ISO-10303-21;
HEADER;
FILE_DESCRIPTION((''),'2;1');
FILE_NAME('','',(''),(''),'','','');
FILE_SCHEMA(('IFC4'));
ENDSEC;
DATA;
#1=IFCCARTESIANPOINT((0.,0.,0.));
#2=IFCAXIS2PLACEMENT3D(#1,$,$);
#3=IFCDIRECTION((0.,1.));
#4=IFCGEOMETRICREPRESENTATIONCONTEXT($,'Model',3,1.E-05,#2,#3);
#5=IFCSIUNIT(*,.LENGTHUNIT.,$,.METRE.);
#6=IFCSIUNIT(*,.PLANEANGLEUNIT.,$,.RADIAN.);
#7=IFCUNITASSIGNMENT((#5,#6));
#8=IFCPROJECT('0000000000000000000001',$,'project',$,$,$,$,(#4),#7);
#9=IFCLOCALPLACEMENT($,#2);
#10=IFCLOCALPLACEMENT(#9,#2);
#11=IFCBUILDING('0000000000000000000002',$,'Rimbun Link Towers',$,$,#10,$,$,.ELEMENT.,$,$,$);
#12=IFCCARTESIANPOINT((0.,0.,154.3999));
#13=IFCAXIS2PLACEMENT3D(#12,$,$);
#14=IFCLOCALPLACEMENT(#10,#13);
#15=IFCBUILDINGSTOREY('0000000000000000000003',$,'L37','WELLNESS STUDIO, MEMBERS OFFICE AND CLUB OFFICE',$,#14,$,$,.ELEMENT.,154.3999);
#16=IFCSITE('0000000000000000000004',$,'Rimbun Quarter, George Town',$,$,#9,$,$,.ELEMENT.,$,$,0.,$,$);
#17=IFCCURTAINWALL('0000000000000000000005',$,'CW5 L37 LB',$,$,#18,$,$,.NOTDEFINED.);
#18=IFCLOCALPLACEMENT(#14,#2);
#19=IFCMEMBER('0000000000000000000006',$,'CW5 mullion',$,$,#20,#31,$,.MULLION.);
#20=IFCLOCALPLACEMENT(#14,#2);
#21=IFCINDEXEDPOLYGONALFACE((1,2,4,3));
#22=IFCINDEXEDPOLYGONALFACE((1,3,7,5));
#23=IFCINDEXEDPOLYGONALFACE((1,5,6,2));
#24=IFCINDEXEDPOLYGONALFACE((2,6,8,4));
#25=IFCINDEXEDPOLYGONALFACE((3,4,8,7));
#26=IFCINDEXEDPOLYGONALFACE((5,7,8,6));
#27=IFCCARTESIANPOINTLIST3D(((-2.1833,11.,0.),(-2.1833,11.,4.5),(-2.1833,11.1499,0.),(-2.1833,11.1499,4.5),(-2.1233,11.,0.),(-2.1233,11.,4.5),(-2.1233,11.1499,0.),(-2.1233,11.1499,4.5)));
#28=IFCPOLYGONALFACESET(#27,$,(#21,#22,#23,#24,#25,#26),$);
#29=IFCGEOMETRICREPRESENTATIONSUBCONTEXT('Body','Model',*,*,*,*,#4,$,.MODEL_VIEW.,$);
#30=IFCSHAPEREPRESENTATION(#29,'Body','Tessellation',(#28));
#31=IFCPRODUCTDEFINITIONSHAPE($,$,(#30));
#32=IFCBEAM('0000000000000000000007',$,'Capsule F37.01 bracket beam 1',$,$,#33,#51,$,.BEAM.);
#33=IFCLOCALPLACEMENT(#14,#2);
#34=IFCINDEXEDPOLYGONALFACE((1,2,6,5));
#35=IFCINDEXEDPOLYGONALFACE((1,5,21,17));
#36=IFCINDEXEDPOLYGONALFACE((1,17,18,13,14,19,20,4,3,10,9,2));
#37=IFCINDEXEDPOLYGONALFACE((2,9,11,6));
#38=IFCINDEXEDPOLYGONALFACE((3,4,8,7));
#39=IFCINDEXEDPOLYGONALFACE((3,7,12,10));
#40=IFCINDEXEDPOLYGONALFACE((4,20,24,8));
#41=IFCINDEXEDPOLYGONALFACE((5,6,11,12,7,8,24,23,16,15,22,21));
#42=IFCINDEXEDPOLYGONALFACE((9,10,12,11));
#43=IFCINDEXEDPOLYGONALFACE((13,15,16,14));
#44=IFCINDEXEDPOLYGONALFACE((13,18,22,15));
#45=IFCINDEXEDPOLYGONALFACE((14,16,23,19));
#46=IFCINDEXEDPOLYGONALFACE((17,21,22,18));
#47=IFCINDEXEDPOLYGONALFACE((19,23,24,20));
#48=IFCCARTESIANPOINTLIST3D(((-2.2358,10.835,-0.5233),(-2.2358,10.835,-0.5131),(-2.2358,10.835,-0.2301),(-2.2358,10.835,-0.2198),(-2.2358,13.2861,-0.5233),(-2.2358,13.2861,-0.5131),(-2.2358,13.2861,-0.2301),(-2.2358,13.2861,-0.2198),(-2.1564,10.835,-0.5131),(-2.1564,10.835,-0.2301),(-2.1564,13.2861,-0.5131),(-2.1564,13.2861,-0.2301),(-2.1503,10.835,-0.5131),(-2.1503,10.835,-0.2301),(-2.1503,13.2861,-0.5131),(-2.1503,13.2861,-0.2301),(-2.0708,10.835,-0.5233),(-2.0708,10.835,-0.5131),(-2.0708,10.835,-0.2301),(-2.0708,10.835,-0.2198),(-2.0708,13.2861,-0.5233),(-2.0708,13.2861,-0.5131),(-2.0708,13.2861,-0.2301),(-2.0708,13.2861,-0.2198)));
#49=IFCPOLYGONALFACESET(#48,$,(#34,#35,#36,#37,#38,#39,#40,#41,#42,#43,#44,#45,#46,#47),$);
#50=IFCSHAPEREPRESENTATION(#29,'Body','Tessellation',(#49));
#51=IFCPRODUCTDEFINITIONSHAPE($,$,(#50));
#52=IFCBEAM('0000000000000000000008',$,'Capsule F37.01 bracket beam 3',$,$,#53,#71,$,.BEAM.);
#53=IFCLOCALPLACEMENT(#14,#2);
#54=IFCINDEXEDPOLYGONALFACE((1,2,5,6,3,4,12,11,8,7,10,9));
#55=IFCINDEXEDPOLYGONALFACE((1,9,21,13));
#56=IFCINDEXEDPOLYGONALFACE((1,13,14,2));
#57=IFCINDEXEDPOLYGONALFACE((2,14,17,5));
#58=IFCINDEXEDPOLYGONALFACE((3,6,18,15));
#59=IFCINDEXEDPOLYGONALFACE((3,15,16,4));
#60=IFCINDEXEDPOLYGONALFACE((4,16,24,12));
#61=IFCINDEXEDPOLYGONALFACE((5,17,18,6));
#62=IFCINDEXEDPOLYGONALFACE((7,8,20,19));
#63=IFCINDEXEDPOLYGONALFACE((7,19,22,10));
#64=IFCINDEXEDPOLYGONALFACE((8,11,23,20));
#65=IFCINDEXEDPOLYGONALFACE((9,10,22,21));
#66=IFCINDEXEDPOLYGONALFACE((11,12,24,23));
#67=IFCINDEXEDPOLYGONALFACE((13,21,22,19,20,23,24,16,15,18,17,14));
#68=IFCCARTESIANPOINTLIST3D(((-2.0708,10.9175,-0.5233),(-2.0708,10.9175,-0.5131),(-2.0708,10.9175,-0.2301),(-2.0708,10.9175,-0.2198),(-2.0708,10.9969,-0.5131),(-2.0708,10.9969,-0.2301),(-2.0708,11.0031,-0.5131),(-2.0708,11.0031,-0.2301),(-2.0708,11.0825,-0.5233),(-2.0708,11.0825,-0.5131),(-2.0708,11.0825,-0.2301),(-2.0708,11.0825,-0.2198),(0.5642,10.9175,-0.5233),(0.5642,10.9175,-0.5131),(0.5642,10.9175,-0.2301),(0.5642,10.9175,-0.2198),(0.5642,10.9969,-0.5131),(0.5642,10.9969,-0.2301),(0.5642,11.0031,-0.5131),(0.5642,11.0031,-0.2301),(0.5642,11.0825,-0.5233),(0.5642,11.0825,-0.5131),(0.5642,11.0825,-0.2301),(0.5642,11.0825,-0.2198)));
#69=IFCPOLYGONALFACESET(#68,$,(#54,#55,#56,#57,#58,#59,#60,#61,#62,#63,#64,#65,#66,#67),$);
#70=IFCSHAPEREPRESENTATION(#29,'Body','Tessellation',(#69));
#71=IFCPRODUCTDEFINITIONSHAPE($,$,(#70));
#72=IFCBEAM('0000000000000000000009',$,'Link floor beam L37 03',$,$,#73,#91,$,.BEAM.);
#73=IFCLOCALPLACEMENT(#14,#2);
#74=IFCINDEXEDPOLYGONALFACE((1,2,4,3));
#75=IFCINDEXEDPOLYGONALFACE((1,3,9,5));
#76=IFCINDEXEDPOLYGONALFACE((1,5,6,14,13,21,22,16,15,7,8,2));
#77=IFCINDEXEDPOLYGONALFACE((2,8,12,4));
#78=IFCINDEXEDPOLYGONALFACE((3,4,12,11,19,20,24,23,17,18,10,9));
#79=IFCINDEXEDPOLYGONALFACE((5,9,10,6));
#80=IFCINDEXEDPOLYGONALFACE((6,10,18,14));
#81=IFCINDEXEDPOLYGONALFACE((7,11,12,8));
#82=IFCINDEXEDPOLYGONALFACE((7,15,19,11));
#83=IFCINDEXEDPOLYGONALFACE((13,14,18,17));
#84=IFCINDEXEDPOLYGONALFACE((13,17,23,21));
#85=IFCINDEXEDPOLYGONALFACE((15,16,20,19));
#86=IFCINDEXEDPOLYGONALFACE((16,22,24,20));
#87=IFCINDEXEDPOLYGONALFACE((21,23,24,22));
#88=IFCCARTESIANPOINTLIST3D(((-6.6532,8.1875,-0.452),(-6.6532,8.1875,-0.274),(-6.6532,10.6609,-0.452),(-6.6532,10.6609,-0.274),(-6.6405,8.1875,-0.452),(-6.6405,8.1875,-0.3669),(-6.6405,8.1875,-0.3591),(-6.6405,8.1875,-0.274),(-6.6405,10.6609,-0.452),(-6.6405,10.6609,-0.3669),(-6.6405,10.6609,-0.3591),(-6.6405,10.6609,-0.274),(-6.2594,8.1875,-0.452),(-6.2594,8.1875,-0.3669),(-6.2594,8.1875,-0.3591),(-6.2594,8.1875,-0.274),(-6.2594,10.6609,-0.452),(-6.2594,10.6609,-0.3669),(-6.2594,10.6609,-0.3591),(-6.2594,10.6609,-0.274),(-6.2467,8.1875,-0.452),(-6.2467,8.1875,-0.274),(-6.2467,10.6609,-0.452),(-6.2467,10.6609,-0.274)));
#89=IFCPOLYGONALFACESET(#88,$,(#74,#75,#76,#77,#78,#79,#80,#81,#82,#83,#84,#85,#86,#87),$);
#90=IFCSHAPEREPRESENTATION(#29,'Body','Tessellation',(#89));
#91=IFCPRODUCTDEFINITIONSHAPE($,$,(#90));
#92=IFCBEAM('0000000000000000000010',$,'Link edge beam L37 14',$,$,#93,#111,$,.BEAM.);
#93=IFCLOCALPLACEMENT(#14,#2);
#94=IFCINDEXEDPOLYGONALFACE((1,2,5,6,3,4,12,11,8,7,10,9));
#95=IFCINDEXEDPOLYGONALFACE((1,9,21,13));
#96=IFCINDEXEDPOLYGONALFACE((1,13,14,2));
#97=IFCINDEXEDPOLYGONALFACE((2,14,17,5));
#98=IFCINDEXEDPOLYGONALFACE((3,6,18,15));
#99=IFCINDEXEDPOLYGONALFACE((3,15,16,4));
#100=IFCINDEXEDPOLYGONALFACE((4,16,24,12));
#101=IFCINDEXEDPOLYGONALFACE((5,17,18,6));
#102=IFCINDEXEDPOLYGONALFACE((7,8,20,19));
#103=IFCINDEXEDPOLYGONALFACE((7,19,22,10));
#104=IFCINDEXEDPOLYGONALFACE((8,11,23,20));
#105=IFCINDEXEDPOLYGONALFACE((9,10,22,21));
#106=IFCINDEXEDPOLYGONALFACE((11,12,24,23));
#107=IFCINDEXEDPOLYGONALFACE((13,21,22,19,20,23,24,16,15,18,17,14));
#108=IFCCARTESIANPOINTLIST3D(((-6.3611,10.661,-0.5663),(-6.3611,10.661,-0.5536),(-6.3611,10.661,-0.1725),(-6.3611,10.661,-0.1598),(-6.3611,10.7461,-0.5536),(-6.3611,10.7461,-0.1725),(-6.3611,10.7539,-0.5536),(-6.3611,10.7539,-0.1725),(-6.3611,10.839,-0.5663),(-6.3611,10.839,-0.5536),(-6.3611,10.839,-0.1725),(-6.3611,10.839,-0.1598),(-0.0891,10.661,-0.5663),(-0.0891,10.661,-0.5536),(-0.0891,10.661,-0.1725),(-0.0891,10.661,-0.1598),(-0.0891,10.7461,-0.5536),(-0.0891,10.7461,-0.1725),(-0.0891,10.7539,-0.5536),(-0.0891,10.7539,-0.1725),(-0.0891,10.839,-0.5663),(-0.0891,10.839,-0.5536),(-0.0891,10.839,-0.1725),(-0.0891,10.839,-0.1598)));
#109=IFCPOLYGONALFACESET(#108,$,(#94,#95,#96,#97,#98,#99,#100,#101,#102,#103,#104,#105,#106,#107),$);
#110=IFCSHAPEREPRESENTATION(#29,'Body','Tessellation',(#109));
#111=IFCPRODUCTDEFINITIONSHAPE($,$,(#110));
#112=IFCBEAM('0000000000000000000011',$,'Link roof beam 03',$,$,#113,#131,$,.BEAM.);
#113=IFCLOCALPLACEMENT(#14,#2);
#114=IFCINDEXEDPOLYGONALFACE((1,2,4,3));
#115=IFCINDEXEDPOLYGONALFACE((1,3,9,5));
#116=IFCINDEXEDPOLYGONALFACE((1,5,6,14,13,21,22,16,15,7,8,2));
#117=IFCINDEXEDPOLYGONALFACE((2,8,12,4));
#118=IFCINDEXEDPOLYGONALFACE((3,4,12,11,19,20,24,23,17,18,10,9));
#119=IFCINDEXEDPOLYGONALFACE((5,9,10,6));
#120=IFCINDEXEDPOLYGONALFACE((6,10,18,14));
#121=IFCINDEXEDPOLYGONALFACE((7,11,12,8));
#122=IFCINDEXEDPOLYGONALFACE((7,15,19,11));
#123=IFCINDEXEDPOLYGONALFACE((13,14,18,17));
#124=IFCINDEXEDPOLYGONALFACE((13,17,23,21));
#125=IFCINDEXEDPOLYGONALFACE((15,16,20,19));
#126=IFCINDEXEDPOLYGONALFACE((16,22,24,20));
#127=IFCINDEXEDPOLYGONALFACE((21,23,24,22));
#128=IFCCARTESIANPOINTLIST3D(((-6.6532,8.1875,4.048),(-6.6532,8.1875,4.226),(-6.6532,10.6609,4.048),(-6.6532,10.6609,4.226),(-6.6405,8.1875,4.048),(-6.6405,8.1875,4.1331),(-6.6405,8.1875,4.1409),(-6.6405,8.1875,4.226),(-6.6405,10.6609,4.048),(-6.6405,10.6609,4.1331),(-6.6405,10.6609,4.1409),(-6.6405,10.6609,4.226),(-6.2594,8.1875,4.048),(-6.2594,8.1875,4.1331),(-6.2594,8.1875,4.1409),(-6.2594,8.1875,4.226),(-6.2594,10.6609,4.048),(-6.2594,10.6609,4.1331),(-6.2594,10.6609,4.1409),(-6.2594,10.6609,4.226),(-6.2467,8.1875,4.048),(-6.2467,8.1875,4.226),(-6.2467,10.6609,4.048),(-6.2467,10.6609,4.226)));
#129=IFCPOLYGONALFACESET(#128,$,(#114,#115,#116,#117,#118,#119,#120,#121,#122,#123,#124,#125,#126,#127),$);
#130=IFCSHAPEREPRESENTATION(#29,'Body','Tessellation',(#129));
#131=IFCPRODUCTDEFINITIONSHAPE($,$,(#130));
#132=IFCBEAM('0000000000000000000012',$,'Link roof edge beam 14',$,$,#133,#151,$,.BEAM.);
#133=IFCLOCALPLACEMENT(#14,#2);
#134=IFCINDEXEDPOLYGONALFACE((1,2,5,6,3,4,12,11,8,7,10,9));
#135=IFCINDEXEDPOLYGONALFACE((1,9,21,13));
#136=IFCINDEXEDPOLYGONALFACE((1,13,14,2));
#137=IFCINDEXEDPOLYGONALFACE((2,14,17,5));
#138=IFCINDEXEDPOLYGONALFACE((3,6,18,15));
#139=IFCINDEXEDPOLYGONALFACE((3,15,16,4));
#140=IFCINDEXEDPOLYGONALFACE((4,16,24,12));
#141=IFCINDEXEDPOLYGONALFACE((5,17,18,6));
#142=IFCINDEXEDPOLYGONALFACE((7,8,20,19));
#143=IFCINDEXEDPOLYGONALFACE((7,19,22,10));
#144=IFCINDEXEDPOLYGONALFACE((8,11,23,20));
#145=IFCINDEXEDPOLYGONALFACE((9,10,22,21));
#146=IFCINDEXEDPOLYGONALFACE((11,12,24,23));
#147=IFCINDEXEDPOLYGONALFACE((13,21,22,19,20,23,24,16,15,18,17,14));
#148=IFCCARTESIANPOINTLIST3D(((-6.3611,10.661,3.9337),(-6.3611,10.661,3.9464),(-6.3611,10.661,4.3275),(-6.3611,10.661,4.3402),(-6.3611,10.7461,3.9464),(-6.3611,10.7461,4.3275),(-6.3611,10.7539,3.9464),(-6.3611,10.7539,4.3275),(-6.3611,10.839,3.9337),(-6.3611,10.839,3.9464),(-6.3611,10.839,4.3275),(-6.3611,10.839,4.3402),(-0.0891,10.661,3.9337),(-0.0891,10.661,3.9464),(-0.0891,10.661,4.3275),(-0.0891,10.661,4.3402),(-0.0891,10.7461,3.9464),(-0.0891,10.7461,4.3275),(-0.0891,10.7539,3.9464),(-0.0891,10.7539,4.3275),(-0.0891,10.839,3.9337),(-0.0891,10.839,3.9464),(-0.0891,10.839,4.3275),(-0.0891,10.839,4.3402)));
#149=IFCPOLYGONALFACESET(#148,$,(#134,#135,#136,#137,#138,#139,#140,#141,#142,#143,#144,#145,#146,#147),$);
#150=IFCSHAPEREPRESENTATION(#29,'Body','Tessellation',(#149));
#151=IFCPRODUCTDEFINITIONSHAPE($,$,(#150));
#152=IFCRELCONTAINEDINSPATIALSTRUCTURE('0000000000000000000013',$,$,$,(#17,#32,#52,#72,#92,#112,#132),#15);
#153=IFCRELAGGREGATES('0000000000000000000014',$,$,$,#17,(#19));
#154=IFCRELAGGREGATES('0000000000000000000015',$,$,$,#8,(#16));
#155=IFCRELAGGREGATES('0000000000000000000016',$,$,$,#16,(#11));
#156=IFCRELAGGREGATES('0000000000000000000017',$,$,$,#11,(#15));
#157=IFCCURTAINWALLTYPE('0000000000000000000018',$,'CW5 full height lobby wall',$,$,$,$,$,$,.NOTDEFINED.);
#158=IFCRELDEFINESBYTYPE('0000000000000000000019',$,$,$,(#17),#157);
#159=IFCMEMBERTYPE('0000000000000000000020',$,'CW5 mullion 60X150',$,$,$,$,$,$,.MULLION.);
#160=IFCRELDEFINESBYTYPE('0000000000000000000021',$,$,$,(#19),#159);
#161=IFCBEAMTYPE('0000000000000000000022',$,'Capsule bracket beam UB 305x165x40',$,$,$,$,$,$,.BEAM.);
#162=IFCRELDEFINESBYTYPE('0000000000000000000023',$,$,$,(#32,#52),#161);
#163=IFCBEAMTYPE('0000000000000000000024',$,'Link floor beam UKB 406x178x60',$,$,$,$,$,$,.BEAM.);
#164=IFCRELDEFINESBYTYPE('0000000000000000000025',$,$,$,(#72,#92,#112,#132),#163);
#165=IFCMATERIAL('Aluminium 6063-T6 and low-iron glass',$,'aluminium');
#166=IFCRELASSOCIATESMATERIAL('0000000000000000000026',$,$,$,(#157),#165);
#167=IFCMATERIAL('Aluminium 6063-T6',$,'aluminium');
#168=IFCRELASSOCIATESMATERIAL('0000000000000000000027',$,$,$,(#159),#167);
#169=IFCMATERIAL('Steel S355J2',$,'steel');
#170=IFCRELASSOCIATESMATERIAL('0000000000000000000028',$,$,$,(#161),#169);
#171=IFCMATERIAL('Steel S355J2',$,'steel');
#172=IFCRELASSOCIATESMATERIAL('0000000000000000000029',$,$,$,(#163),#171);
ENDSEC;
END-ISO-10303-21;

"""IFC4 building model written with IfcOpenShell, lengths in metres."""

from ifc_helpers import new_model, si_unit, direction, frame, origin, origin_2d, place, context, subcontext, project, spatial, rectangle, i_section, extrude, material, material_profile, profile_set, type_object, element, aggregate, save


model = new_model("IFC4")

# Units and contexts
model_context = context("Model", 3, precision=1e-05, world=origin(), true_north=direction((0.0, 1.0)))
body_context = subcontext(model_context, "Body", "Model", "MODEL_VIEW")
ifc_project = project(units=[si_unit("LENGTHUNIT", "METRE"), si_unit("PLANEANGLEUNIT", "RADIAN")], contexts=[model_context])

# Site, building, storey
site_placement = place(None, origin())
site = spatial("IfcSite", under=ifc_project, at=site_placement, Name="Rimbun Quarter, George Town", CompositionType="ELEMENT", RefElevation=0.0)
building_placement = place(site_placement, origin())
building = spatial("IfcBuilding", under=site, at=building_placement, Name="Rimbun Link Towers", CompositionType="ELEMENT")
storey_placement = place(building_placement, frame((0.0, 0.0, 154.3999)))
storey = spatial("IfcBuildingStorey", under=building, at=storey_placement, Name="L37", Description="WELLNESS STUDIO, MEMBERS OFFICE AND CLUB OFFICE", CompositionType="ELEMENT", Elevation=154.3999)

# Curtain wall, member
ifc_material_1 = material(Name="Aluminium 6063-T6 and low-iron glass", Category="aluminium")
curtain_wall_type = type_object("IfcCurtainWallType", Name="CW5 full height lobby wall", PredefinedType="NOTDEFINED", material=ifc_material_1)
curtain_wall_placement = place(storey_placement, origin())
curtain_wall = element("IfcCurtainWall", 1, at=curtain_wall_placement, inside=storey, type_object=curtain_wall_type, Name="CW5 L37 LB", PredefinedType="NOTDEFINED")
ifc_material_2 = material(Name="Aluminium 6063-T6", Category="aluminium")
ifc_material_profile_1 = material_profile(ifc_material_2, rectangle(XDim=0.1499, YDim=0.0601, at=origin_2d()), Name="MULLION 60X150")
ifc_profile_set_1 = profile_set([ifc_material_profile_1], Name="Aluminium 6063-T6")
member_type_1 = type_object("IfcMemberType", Name="CW5 mullion 60X150", PredefinedType="MULLION", material=ifc_profile_set_1)
member_1_placement = place(storey_placement, frame((-2.1533, 11.075, 0.0), z_axis=(0.0, 0.0, 1.0), x_axis=(0.0, 1.0, 0.0)))
member_1 = element("IfcMember", 2, at=member_1_placement, type_object=member_type_1, Name="CW5 mullion", PredefinedType="MULLION", context=body_context, shape_type="SweptSolid", body=[
    extrude(rectangle(XDim=0.1499, YDim=0.0601, at=origin_2d()), origin(), (0.0, 0.0, 1.0), 4.5),
])

# Beams
ifc_material_3 = material(Name="Steel S355J2", Category="steel")
ifc_material_profile_2 = material_profile(ifc_material_3, i_section(OverallWidth=0.165, OverallDepth=0.3035, WebThickness=0.0061, FlangeThickness=0.0103, at=origin_2d()), Name="UB 305x165x40")
ifc_profile_set_2 = profile_set([ifc_material_profile_2], Name="Steel S355J2")
beam_type_1 = type_object("IfcBeamType", Name="Capsule bracket beam UB 305x165x40", PredefinedType="BEAM", material=ifc_profile_set_2)
beam_1_placement = place(storey_placement, frame((-2.1533, 10.835, -0.3716), z_axis=(0.0, 1.0, 0.0), x_axis=(-1.0, 0.0, 0.0)))
element("IfcBeam", 3, at=beam_1_placement, inside=storey, type_object=beam_type_1, Name="Capsule F37.01 bracket beam 1", PredefinedType="BEAM", context=body_context, shape_type="SweptSolid", body=[
    extrude(i_section(OverallWidth=0.165, OverallDepth=0.3035, WebThickness=0.0061, FlangeThickness=0.0103, at=origin_2d()), origin(), (0.0, 0.0, 1.0), 2.4512),
])
beam_2_placement = place(storey_placement, frame((-2.0708, 11.0, -0.3716), z_axis=(1.0, 0.0, 0.0), x_axis=(0.0, 1.0, 0.0)))
element("IfcBeam", 4, at=beam_2_placement, inside=storey, type_object=beam_type_1, Name="Capsule F37.01 bracket beam 3", PredefinedType="BEAM", context=body_context, shape_type="SweptSolid", body=[
    extrude(i_section(OverallWidth=0.165, OverallDepth=0.3035, WebThickness=0.0061, FlangeThickness=0.0103, at=origin_2d()), origin(), (0.0, 0.0, 1.0), 2.635),
])
ifc_material_4 = material(Name="Steel S355J2", Category="steel")
ifc_material_profile_3 = material_profile(ifc_material_4, i_section(OverallWidth=0.178, OverallDepth=0.4065, WebThickness=0.0078, FlangeThickness=0.0127, at=origin_2d()), Name="UKB 406x178x60")
ifc_profile_set_3 = profile_set([ifc_material_profile_3], Name="Steel S355J2")
beam_type_2 = type_object("IfcBeamType", Name="Link floor beam UKB 406x178x60", PredefinedType="BEAM", material=ifc_profile_set_3)
beam_3_placement = place(storey_placement, frame((-6.45, 8.1875, -0.363), z_axis=(0.0, 1.0, 0.0), x_axis=(0.0, 0.0, 1.0)))
element("IfcBeam", 5, at=beam_3_placement, inside=storey, type_object=beam_type_2, Name="Link floor beam L37 03", PredefinedType="BEAM", context=body_context, shape_type="SweptSolid", body=[
    extrude(i_section(OverallWidth=0.178, OverallDepth=0.4065, WebThickness=0.0078, FlangeThickness=0.0127, at=origin_2d()), origin(), (0.0, 0.0, 1.0), 2.4734),
])
beam_4_placement = place(storey_placement, frame((-6.3611, 10.75, -0.363), z_axis=(1.0, 0.0, 0.0), x_axis=(0.0, 1.0, 0.0)))
element("IfcBeam", 6, at=beam_4_placement, inside=storey, type_object=beam_type_2, Name="Link edge beam L37 14", PredefinedType="BEAM", context=body_context, shape_type="SweptSolid", body=[
    extrude(i_section(OverallWidth=0.178, OverallDepth=0.4065, WebThickness=0.0078, FlangeThickness=0.0127, at=origin_2d()), origin(), (0.0, 0.0, 1.0), 6.272),
])
beam_5_placement = place(storey_placement, frame((-6.45, 8.1875, 4.137), z_axis=(0.0, 1.0, 0.0), x_axis=(0.0, 0.0, 1.0)))
element("IfcBeam", 7, at=beam_5_placement, inside=storey, type_object=beam_type_2, Name="Link roof beam 03", PredefinedType="BEAM", context=body_context, shape_type="SweptSolid", body=[
    extrude(i_section(OverallWidth=0.178, OverallDepth=0.4065, WebThickness=0.0078, FlangeThickness=0.0127, at=origin_2d()), origin(), (0.0, 0.0, 1.0), 2.4734),
])
beam_6_placement = place(storey_placement, frame((-6.3611, 10.75, 4.137), z_axis=(1.0, 0.0, 0.0), x_axis=(0.0, 1.0, 0.0)))
element("IfcBeam", 8, at=beam_6_placement, inside=storey, type_object=beam_type_2, Name="Link roof edge beam 14", PredefinedType="BEAM", context=body_context, shape_type="SweptSolid", body=[
    extrude(i_section(OverallWidth=0.178, OverallDepth=0.4065, WebThickness=0.0078, FlangeThickness=0.0127, at=origin_2d()), origin(), (0.0, 0.0, 1.0), 6.272),
])

aggregate(curtain_wall, [member_1])

save(model, "model.ifc")
